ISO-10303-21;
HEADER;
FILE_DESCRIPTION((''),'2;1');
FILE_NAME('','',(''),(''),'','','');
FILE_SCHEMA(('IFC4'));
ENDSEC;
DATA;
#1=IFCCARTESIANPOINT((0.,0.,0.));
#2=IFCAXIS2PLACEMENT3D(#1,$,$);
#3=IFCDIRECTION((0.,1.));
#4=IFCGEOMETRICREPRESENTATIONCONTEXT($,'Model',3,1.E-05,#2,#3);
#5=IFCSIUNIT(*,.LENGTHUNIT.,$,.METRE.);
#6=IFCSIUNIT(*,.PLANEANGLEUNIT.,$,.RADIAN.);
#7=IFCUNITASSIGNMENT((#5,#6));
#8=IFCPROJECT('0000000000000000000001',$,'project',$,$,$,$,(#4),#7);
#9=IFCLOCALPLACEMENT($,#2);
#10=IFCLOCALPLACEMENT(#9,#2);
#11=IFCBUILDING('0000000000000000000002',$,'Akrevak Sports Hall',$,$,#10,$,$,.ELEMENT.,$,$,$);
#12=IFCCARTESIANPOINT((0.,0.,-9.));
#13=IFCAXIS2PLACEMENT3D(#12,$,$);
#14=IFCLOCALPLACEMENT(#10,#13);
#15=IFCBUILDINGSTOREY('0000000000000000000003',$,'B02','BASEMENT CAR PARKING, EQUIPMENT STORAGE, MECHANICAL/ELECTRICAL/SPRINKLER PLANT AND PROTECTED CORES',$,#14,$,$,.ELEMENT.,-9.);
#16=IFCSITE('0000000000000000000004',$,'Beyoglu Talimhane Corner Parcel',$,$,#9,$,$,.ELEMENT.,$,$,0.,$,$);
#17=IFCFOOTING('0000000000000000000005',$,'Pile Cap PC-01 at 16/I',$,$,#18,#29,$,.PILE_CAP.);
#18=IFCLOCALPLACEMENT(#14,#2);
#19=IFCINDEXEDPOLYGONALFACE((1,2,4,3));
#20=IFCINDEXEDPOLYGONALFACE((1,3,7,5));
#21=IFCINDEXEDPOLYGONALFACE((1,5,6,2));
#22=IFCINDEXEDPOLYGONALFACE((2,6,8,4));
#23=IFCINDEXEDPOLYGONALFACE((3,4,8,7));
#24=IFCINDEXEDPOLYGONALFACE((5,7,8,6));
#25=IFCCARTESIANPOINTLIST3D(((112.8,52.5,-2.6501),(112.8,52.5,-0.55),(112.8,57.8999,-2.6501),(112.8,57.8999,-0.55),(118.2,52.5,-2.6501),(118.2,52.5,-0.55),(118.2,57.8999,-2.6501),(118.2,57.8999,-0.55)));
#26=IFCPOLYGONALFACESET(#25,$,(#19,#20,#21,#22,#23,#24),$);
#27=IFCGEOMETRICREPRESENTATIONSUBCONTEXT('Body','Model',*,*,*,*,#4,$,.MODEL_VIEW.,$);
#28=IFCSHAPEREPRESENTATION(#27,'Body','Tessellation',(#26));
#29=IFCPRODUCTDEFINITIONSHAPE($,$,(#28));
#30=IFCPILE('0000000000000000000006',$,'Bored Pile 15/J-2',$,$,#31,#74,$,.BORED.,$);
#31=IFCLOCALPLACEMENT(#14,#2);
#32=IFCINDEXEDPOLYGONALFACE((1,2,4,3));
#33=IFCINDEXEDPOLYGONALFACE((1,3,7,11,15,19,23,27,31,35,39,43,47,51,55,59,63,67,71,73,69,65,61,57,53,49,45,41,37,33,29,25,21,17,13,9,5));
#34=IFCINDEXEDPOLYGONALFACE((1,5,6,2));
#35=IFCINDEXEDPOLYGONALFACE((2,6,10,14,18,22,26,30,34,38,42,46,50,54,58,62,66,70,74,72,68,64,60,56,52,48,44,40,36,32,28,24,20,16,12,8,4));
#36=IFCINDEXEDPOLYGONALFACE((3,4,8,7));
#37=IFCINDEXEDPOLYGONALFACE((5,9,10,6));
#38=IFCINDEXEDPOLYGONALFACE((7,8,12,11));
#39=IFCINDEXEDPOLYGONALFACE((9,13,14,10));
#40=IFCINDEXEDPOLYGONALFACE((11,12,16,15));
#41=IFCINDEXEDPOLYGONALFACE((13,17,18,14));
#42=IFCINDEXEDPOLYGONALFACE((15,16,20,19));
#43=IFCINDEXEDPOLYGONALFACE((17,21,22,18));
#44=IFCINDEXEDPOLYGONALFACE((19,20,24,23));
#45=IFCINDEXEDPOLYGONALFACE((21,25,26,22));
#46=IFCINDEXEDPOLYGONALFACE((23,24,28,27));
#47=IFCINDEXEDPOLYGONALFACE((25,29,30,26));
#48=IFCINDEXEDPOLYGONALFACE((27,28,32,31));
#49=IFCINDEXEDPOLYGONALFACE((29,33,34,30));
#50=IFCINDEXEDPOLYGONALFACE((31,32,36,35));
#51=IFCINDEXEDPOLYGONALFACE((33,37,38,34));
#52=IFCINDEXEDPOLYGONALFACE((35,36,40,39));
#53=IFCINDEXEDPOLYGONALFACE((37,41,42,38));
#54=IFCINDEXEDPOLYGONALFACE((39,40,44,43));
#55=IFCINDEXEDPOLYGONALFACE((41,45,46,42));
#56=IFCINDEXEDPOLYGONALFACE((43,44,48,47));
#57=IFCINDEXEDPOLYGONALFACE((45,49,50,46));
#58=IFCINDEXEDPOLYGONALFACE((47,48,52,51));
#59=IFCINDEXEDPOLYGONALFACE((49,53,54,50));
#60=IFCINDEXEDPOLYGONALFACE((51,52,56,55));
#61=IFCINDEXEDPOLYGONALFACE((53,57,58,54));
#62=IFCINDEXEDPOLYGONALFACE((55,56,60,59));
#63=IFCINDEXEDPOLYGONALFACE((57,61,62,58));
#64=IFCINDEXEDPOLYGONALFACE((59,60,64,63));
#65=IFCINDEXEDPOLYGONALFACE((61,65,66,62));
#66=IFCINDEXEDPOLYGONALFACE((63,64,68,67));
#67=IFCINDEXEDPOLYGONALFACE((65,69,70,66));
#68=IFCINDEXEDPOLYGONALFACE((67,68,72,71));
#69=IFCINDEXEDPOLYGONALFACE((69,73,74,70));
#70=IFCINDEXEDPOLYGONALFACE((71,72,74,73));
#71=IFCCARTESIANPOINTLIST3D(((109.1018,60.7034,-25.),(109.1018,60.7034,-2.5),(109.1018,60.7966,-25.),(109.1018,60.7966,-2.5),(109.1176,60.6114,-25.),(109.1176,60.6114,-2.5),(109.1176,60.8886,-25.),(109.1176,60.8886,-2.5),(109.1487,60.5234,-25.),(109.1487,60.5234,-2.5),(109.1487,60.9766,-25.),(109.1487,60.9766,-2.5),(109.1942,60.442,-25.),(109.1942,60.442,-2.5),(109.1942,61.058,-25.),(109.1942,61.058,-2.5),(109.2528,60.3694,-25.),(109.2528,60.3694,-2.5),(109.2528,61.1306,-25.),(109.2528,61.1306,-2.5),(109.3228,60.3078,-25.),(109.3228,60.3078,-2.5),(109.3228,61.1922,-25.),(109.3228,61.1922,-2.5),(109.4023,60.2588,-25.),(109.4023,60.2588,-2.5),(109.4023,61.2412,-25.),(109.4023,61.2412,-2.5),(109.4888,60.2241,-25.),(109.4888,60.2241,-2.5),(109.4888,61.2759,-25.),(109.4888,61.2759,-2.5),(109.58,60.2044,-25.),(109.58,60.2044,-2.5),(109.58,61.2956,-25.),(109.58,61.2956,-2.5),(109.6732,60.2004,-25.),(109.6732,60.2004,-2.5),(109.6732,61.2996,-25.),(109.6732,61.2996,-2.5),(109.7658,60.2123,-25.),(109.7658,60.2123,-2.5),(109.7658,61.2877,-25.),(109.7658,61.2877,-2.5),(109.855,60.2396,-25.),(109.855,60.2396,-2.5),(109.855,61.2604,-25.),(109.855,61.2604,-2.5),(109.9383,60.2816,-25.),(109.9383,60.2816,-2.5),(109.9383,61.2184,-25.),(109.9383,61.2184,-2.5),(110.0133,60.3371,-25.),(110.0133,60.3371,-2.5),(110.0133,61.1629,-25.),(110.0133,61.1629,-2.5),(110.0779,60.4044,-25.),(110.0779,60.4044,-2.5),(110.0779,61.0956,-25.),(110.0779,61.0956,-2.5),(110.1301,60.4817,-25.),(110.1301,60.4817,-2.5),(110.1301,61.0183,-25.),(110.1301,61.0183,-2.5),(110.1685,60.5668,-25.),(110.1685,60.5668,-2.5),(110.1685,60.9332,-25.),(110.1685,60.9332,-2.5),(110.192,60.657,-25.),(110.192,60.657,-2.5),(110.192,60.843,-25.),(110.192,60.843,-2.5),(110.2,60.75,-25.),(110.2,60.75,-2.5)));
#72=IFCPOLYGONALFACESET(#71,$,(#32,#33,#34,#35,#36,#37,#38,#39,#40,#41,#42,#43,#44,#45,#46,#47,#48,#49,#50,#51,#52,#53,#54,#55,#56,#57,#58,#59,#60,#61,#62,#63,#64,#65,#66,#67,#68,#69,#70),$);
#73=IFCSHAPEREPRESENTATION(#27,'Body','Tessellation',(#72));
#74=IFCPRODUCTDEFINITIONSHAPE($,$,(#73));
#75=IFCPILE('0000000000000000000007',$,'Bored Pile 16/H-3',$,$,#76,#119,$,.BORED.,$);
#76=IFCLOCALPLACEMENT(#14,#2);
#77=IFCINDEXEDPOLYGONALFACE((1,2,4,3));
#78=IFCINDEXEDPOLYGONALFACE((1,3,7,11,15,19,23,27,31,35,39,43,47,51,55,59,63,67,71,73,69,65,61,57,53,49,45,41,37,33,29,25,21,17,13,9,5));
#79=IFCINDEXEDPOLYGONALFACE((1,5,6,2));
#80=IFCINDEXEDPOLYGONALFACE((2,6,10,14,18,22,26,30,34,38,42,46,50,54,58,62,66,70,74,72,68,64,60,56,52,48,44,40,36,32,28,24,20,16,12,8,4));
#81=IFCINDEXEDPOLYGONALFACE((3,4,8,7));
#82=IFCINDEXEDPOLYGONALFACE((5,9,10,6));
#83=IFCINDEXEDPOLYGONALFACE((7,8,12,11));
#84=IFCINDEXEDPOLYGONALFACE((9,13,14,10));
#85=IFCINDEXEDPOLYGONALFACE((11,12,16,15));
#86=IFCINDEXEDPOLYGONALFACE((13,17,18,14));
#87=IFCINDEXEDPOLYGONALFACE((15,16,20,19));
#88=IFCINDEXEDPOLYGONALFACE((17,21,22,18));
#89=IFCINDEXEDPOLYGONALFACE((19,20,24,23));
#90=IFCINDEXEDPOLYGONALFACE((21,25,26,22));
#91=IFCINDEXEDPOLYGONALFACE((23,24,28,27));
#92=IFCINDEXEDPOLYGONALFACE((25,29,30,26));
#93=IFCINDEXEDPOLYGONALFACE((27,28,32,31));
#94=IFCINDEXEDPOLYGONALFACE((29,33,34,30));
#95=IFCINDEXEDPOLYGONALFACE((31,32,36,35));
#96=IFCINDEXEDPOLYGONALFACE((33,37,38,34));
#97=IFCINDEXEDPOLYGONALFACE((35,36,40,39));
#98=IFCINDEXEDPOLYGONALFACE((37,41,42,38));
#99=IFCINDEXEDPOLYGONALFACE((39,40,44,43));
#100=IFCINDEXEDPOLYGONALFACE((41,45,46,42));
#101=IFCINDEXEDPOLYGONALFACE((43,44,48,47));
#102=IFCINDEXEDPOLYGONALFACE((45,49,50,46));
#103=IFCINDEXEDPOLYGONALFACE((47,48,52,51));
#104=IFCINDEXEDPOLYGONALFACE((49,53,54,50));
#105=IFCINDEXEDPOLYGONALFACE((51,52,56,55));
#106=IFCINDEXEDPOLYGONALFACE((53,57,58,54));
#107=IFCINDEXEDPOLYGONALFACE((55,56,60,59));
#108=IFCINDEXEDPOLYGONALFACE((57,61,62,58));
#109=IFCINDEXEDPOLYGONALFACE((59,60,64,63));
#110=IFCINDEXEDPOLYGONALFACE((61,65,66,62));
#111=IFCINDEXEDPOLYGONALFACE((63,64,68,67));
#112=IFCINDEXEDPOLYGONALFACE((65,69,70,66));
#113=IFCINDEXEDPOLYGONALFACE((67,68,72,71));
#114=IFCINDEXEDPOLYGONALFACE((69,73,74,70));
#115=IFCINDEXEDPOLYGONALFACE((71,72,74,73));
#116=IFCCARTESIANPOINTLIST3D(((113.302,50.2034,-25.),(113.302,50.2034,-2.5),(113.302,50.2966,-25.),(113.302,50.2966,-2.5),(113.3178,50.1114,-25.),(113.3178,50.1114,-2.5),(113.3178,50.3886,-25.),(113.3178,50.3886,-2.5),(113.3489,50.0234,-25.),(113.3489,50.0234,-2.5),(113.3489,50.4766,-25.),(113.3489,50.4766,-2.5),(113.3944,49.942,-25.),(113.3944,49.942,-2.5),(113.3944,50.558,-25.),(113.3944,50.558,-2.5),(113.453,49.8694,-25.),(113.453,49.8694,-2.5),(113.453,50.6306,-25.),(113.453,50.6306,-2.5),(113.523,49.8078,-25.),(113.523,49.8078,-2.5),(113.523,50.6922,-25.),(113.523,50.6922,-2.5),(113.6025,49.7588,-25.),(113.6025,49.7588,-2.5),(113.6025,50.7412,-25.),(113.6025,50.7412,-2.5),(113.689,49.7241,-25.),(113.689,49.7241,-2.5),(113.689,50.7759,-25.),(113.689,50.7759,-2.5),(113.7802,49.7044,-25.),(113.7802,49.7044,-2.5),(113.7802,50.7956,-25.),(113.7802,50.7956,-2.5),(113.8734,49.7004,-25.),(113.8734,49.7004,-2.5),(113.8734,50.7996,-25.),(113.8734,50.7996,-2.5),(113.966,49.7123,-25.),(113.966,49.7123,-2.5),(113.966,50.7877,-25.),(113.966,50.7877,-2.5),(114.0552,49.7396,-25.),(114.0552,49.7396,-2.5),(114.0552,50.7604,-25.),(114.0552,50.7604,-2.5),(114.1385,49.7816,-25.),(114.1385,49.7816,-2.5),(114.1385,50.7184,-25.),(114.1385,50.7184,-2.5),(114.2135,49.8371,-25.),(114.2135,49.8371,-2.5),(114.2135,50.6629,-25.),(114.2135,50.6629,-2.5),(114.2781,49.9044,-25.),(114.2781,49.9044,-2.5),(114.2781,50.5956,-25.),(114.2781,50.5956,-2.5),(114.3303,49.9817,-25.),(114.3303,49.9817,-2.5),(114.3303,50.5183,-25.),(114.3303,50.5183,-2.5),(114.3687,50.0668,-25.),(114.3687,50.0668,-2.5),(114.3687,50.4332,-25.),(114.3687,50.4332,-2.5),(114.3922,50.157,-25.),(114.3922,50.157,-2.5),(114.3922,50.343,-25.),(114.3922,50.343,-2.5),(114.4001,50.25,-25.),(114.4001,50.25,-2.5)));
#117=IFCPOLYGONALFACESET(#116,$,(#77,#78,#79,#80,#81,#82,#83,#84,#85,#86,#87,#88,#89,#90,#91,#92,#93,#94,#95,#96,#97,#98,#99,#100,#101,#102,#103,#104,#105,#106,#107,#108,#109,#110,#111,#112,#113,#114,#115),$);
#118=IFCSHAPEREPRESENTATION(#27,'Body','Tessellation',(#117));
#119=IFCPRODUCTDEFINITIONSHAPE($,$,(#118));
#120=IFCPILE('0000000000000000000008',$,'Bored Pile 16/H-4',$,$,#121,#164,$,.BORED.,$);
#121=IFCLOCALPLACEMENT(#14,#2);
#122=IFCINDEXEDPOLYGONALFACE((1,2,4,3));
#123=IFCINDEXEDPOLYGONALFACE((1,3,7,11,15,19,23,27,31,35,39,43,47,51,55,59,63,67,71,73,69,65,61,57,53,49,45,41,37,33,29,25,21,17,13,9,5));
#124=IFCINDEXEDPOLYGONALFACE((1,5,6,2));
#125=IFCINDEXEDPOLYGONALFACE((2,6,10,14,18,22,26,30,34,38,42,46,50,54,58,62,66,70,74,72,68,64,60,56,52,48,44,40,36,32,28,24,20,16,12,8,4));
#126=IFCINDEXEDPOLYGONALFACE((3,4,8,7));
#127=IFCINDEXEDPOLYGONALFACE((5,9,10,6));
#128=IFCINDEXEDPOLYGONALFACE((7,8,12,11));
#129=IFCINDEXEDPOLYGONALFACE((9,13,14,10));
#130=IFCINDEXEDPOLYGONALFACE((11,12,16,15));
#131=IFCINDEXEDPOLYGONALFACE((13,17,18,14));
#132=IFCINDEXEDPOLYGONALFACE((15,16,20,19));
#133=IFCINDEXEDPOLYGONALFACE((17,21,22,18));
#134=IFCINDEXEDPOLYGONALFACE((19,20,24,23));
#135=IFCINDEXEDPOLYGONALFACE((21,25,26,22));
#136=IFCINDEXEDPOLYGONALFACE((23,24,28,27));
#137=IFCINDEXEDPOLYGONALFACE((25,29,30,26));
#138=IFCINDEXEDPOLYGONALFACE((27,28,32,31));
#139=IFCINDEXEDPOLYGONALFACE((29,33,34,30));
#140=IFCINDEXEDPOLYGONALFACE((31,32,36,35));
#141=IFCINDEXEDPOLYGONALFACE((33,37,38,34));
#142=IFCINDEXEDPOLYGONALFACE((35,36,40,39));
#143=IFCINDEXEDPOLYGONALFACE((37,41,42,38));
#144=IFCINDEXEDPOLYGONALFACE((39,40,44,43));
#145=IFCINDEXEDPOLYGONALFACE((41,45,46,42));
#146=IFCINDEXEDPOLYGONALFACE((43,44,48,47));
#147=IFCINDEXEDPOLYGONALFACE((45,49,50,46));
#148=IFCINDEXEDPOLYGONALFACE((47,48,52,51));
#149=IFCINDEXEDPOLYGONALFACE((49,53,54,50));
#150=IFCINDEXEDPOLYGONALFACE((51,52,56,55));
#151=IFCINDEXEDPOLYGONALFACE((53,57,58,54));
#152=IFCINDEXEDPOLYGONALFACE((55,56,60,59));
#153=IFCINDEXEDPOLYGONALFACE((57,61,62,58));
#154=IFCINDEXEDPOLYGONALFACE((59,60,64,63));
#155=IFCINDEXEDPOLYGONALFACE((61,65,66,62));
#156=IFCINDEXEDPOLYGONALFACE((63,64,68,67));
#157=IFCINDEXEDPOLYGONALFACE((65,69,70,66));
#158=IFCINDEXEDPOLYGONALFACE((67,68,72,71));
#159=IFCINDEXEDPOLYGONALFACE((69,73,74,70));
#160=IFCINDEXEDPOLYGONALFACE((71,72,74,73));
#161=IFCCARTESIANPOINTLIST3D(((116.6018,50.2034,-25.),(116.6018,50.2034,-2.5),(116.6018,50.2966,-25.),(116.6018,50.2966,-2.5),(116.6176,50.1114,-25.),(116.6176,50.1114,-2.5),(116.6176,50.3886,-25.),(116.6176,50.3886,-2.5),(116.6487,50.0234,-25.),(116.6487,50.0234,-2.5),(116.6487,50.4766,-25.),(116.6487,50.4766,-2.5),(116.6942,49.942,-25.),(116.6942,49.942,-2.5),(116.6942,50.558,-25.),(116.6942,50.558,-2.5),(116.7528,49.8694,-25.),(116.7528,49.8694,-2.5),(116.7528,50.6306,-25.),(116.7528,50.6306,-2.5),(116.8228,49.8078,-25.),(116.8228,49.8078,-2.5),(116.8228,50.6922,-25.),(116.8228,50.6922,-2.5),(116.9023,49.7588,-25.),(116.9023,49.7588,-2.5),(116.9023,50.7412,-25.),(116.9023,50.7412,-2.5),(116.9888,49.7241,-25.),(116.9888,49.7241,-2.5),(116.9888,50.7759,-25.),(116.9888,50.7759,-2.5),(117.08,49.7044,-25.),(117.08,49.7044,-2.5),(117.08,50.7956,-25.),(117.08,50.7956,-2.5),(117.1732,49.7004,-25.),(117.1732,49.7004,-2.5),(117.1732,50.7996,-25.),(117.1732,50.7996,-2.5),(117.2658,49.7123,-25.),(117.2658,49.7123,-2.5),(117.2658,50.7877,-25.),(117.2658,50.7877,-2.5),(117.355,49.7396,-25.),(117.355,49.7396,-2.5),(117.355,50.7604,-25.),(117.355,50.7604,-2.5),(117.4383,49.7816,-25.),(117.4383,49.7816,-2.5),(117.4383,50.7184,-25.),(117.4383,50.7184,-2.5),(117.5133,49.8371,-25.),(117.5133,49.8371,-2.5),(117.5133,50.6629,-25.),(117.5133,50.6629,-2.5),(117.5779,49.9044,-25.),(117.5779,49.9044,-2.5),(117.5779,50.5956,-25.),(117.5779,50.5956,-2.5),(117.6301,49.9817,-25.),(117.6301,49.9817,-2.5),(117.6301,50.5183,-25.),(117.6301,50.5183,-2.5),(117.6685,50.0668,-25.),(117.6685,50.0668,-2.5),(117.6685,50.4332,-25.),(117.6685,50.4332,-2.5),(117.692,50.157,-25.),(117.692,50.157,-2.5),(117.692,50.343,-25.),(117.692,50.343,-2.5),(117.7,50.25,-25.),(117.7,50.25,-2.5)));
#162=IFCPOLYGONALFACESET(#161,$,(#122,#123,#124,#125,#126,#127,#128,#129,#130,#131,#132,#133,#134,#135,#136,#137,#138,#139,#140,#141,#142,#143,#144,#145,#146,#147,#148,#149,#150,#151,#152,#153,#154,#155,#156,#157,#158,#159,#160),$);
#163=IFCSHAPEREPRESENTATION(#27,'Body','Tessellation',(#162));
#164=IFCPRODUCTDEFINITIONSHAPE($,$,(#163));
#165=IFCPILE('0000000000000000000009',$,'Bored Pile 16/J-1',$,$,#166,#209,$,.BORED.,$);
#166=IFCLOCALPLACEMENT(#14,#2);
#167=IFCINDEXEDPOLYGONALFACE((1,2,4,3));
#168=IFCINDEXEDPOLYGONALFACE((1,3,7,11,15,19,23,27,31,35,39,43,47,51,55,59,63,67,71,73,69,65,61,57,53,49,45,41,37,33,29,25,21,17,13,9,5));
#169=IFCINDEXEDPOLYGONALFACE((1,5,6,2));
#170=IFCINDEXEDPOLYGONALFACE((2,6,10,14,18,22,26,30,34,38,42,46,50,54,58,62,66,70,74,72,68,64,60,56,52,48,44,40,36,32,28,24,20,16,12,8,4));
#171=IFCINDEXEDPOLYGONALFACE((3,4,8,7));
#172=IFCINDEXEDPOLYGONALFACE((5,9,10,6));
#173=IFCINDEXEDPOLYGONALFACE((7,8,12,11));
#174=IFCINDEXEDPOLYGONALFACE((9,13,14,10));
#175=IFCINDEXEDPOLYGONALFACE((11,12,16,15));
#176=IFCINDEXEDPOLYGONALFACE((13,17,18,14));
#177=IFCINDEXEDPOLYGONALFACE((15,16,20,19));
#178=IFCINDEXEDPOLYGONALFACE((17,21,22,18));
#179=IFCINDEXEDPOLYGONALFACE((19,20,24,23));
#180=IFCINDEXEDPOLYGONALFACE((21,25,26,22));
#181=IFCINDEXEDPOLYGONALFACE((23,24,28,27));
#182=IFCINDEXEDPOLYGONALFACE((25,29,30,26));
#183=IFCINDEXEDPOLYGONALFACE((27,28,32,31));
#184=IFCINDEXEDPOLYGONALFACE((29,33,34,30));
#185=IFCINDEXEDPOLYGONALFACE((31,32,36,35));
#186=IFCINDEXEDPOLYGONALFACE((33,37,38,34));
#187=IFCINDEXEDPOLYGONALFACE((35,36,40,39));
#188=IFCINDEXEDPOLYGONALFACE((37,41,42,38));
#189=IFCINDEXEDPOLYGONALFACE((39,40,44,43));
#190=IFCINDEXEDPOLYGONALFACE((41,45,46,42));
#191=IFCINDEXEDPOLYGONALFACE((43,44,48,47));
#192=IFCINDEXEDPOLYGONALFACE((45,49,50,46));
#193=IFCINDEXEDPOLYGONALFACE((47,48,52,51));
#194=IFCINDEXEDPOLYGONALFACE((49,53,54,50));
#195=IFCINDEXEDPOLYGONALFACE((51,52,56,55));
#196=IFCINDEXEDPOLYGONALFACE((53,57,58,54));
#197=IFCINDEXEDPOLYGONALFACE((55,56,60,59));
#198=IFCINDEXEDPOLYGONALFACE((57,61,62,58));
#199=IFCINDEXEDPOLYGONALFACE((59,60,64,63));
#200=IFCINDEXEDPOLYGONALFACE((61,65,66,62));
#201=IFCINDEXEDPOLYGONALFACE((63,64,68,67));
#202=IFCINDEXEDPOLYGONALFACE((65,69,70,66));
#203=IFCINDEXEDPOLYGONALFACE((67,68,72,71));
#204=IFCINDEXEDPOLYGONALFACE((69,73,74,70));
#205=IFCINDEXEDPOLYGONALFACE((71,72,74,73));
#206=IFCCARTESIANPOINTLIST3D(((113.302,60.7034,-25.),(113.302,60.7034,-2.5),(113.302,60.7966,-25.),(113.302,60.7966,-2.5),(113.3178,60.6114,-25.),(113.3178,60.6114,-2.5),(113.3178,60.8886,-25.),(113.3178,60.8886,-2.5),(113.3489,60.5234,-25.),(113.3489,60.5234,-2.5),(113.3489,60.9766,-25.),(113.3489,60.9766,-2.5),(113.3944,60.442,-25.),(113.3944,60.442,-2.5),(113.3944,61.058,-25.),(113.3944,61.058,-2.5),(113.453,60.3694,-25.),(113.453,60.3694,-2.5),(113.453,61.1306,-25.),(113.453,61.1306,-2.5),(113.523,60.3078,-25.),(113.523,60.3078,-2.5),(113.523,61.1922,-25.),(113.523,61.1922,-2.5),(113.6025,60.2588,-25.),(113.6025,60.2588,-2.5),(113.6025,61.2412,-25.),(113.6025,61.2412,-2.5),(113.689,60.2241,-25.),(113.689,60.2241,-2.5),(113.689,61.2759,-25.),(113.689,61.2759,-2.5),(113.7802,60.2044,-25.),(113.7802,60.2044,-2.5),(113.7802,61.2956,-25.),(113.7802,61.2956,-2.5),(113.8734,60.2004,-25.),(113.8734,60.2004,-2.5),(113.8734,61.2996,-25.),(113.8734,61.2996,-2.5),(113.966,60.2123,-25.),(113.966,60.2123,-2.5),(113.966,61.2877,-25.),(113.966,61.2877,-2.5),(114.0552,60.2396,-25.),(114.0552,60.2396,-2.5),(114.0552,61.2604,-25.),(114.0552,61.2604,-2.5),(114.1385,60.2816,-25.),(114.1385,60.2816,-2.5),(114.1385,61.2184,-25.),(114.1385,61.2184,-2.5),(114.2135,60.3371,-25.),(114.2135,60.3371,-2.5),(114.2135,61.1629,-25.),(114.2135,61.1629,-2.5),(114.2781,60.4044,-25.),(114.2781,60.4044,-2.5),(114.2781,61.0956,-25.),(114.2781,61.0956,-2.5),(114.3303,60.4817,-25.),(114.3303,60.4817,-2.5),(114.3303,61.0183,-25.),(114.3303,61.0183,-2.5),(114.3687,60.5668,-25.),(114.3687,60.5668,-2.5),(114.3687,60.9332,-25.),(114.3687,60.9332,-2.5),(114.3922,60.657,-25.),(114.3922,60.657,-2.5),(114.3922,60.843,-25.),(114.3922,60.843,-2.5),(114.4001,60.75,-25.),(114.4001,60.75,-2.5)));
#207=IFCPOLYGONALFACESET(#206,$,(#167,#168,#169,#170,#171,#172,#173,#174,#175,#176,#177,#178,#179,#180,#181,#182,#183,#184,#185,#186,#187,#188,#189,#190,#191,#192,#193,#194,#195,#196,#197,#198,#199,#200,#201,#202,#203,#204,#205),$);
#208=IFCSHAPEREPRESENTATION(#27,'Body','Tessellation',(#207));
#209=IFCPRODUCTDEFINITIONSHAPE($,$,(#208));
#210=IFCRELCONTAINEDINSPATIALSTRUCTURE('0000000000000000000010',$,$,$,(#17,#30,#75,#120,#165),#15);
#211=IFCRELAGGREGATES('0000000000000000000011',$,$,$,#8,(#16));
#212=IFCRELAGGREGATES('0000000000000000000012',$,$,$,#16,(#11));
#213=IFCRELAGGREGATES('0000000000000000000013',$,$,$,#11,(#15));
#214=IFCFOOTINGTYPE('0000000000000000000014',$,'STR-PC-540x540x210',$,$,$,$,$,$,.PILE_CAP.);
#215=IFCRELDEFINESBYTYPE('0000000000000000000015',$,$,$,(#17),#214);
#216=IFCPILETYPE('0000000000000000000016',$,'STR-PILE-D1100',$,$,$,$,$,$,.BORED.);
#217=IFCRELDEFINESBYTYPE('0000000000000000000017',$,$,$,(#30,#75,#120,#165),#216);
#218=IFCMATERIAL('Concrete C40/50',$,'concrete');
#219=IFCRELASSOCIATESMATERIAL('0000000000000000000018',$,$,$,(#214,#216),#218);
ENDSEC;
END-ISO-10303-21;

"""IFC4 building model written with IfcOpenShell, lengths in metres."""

from ifc_helpers import new_model, si_unit, direction, frame, origin, origin_2d, place, context, subcontext, project, spatial, rectangle, circle, extrude, material, material_profile, profile_set, type_object, element, save


model = new_model("IFC4")

# Units and contexts
model_context = context("Model", 3, precision=1e-05, world=origin(), true_north=direction((0.0, 1.0)))
body_context = subcontext(model_context, "Body", "Model", "MODEL_VIEW")
ifc_project = project(units=[si_unit("LENGTHUNIT", "METRE"), si_unit("PLANEANGLEUNIT", "RADIAN")], contexts=[model_context])

# Site, building, storey
site_placement = place(None, origin())
site = spatial("IfcSite", under=ifc_project, at=site_placement, Name="Beyoglu Talimhane Corner Parcel", CompositionType="ELEMENT", RefElevation=0.0)
building_placement = place(site_placement, origin())
building = spatial("IfcBuilding", under=site, at=building_placement, Name="Akrevak Sports Hall", CompositionType="ELEMENT")
storey_placement = place(building_placement, frame((0.0, 0.0, -9.0)))
storey = spatial("IfcBuildingStorey", under=building, at=storey_placement, Name="B02", Description="BASEMENT CAR PARKING, EQUIPMENT STORAGE, MECHANICAL/ELECTRICAL/SPRINKLER PLANT AND PROTECTED CORES", CompositionType="ELEMENT", Elevation=-9.0)

# Footing
ifc_material_1 = material(Name="Concrete C40/50", Category="concrete")
footing_type = type_object("IfcFootingType", Name="STR-PC-540x540x210", PredefinedType="PILE_CAP", material=ifc_material_1)
footing_placement = place(storey_placement, frame((115.5, 55.2, -2.6501), z_axis=(0.0, 0.0, 1.0), x_axis=(1.0, 0.0, 0.0)))
element("IfcFooting", 1, at=footing_placement, inside=storey, type_object=footing_type, Name="Pile Cap PC-01 at 16/I", PredefinedType="PILE_CAP", context=body_context, shape_type="SweptSolid", body=[
    extrude(rectangle(XDim=5.3999, YDim=5.3999, at=origin_2d()), origin(), (0.0, 0.0, 1.0), 2.1001),
])

# Piles
ifc_material_profile_1 = material_profile(ifc_material_1, circle(Radius=0.55, at=origin_2d()), Name="BORED PILE D1100", Category="concrete")
ifc_profile_set_1 = profile_set([ifc_material_profile_1], Name="Concrete C40/50")
pile_type_1 = type_object("IfcPileType", Name="STR-PILE-D1100", PredefinedType="BORED", material=ifc_profile_set_1)
for number, where, z_axis, x_axis, name in (
    (2, (109.6499, 60.75, -2.5), (0.0, 0.0, -1.0), (1.0, 0.0, 0.0), "Bored Pile 15/J-2"),
    (3, (113.8501, 50.25, -2.5), (0.0, 0.0, -1.0), (1.0, 0.0, 0.0), "Bored Pile 16/H-3"),
    (4, (117.1499, 50.25, -2.5), (0.0, 0.0, -1.0), (1.0, 0.0, 0.0), "Bored Pile 16/H-4"),
    (5, (113.8501, 60.75, -2.5), (0.0, 0.0, -1.0), (1.0, 0.0, 0.0), "Bored Pile 16/J-1"),
):
    element("IfcPile", number, at=place(storey_placement, frame(where, z_axis=z_axis, x_axis=x_axis)), inside=storey, type_object=pile_type_1, Name=name, PredefinedType="BORED", context=body_context, shape_type="SweptSolid", body=[
        extrude(circle(Radius=0.55, at=origin_2d()), origin(), (0.0, 0.0, 1.0), 22.5),
    ])

save(model, "model.ifc")
